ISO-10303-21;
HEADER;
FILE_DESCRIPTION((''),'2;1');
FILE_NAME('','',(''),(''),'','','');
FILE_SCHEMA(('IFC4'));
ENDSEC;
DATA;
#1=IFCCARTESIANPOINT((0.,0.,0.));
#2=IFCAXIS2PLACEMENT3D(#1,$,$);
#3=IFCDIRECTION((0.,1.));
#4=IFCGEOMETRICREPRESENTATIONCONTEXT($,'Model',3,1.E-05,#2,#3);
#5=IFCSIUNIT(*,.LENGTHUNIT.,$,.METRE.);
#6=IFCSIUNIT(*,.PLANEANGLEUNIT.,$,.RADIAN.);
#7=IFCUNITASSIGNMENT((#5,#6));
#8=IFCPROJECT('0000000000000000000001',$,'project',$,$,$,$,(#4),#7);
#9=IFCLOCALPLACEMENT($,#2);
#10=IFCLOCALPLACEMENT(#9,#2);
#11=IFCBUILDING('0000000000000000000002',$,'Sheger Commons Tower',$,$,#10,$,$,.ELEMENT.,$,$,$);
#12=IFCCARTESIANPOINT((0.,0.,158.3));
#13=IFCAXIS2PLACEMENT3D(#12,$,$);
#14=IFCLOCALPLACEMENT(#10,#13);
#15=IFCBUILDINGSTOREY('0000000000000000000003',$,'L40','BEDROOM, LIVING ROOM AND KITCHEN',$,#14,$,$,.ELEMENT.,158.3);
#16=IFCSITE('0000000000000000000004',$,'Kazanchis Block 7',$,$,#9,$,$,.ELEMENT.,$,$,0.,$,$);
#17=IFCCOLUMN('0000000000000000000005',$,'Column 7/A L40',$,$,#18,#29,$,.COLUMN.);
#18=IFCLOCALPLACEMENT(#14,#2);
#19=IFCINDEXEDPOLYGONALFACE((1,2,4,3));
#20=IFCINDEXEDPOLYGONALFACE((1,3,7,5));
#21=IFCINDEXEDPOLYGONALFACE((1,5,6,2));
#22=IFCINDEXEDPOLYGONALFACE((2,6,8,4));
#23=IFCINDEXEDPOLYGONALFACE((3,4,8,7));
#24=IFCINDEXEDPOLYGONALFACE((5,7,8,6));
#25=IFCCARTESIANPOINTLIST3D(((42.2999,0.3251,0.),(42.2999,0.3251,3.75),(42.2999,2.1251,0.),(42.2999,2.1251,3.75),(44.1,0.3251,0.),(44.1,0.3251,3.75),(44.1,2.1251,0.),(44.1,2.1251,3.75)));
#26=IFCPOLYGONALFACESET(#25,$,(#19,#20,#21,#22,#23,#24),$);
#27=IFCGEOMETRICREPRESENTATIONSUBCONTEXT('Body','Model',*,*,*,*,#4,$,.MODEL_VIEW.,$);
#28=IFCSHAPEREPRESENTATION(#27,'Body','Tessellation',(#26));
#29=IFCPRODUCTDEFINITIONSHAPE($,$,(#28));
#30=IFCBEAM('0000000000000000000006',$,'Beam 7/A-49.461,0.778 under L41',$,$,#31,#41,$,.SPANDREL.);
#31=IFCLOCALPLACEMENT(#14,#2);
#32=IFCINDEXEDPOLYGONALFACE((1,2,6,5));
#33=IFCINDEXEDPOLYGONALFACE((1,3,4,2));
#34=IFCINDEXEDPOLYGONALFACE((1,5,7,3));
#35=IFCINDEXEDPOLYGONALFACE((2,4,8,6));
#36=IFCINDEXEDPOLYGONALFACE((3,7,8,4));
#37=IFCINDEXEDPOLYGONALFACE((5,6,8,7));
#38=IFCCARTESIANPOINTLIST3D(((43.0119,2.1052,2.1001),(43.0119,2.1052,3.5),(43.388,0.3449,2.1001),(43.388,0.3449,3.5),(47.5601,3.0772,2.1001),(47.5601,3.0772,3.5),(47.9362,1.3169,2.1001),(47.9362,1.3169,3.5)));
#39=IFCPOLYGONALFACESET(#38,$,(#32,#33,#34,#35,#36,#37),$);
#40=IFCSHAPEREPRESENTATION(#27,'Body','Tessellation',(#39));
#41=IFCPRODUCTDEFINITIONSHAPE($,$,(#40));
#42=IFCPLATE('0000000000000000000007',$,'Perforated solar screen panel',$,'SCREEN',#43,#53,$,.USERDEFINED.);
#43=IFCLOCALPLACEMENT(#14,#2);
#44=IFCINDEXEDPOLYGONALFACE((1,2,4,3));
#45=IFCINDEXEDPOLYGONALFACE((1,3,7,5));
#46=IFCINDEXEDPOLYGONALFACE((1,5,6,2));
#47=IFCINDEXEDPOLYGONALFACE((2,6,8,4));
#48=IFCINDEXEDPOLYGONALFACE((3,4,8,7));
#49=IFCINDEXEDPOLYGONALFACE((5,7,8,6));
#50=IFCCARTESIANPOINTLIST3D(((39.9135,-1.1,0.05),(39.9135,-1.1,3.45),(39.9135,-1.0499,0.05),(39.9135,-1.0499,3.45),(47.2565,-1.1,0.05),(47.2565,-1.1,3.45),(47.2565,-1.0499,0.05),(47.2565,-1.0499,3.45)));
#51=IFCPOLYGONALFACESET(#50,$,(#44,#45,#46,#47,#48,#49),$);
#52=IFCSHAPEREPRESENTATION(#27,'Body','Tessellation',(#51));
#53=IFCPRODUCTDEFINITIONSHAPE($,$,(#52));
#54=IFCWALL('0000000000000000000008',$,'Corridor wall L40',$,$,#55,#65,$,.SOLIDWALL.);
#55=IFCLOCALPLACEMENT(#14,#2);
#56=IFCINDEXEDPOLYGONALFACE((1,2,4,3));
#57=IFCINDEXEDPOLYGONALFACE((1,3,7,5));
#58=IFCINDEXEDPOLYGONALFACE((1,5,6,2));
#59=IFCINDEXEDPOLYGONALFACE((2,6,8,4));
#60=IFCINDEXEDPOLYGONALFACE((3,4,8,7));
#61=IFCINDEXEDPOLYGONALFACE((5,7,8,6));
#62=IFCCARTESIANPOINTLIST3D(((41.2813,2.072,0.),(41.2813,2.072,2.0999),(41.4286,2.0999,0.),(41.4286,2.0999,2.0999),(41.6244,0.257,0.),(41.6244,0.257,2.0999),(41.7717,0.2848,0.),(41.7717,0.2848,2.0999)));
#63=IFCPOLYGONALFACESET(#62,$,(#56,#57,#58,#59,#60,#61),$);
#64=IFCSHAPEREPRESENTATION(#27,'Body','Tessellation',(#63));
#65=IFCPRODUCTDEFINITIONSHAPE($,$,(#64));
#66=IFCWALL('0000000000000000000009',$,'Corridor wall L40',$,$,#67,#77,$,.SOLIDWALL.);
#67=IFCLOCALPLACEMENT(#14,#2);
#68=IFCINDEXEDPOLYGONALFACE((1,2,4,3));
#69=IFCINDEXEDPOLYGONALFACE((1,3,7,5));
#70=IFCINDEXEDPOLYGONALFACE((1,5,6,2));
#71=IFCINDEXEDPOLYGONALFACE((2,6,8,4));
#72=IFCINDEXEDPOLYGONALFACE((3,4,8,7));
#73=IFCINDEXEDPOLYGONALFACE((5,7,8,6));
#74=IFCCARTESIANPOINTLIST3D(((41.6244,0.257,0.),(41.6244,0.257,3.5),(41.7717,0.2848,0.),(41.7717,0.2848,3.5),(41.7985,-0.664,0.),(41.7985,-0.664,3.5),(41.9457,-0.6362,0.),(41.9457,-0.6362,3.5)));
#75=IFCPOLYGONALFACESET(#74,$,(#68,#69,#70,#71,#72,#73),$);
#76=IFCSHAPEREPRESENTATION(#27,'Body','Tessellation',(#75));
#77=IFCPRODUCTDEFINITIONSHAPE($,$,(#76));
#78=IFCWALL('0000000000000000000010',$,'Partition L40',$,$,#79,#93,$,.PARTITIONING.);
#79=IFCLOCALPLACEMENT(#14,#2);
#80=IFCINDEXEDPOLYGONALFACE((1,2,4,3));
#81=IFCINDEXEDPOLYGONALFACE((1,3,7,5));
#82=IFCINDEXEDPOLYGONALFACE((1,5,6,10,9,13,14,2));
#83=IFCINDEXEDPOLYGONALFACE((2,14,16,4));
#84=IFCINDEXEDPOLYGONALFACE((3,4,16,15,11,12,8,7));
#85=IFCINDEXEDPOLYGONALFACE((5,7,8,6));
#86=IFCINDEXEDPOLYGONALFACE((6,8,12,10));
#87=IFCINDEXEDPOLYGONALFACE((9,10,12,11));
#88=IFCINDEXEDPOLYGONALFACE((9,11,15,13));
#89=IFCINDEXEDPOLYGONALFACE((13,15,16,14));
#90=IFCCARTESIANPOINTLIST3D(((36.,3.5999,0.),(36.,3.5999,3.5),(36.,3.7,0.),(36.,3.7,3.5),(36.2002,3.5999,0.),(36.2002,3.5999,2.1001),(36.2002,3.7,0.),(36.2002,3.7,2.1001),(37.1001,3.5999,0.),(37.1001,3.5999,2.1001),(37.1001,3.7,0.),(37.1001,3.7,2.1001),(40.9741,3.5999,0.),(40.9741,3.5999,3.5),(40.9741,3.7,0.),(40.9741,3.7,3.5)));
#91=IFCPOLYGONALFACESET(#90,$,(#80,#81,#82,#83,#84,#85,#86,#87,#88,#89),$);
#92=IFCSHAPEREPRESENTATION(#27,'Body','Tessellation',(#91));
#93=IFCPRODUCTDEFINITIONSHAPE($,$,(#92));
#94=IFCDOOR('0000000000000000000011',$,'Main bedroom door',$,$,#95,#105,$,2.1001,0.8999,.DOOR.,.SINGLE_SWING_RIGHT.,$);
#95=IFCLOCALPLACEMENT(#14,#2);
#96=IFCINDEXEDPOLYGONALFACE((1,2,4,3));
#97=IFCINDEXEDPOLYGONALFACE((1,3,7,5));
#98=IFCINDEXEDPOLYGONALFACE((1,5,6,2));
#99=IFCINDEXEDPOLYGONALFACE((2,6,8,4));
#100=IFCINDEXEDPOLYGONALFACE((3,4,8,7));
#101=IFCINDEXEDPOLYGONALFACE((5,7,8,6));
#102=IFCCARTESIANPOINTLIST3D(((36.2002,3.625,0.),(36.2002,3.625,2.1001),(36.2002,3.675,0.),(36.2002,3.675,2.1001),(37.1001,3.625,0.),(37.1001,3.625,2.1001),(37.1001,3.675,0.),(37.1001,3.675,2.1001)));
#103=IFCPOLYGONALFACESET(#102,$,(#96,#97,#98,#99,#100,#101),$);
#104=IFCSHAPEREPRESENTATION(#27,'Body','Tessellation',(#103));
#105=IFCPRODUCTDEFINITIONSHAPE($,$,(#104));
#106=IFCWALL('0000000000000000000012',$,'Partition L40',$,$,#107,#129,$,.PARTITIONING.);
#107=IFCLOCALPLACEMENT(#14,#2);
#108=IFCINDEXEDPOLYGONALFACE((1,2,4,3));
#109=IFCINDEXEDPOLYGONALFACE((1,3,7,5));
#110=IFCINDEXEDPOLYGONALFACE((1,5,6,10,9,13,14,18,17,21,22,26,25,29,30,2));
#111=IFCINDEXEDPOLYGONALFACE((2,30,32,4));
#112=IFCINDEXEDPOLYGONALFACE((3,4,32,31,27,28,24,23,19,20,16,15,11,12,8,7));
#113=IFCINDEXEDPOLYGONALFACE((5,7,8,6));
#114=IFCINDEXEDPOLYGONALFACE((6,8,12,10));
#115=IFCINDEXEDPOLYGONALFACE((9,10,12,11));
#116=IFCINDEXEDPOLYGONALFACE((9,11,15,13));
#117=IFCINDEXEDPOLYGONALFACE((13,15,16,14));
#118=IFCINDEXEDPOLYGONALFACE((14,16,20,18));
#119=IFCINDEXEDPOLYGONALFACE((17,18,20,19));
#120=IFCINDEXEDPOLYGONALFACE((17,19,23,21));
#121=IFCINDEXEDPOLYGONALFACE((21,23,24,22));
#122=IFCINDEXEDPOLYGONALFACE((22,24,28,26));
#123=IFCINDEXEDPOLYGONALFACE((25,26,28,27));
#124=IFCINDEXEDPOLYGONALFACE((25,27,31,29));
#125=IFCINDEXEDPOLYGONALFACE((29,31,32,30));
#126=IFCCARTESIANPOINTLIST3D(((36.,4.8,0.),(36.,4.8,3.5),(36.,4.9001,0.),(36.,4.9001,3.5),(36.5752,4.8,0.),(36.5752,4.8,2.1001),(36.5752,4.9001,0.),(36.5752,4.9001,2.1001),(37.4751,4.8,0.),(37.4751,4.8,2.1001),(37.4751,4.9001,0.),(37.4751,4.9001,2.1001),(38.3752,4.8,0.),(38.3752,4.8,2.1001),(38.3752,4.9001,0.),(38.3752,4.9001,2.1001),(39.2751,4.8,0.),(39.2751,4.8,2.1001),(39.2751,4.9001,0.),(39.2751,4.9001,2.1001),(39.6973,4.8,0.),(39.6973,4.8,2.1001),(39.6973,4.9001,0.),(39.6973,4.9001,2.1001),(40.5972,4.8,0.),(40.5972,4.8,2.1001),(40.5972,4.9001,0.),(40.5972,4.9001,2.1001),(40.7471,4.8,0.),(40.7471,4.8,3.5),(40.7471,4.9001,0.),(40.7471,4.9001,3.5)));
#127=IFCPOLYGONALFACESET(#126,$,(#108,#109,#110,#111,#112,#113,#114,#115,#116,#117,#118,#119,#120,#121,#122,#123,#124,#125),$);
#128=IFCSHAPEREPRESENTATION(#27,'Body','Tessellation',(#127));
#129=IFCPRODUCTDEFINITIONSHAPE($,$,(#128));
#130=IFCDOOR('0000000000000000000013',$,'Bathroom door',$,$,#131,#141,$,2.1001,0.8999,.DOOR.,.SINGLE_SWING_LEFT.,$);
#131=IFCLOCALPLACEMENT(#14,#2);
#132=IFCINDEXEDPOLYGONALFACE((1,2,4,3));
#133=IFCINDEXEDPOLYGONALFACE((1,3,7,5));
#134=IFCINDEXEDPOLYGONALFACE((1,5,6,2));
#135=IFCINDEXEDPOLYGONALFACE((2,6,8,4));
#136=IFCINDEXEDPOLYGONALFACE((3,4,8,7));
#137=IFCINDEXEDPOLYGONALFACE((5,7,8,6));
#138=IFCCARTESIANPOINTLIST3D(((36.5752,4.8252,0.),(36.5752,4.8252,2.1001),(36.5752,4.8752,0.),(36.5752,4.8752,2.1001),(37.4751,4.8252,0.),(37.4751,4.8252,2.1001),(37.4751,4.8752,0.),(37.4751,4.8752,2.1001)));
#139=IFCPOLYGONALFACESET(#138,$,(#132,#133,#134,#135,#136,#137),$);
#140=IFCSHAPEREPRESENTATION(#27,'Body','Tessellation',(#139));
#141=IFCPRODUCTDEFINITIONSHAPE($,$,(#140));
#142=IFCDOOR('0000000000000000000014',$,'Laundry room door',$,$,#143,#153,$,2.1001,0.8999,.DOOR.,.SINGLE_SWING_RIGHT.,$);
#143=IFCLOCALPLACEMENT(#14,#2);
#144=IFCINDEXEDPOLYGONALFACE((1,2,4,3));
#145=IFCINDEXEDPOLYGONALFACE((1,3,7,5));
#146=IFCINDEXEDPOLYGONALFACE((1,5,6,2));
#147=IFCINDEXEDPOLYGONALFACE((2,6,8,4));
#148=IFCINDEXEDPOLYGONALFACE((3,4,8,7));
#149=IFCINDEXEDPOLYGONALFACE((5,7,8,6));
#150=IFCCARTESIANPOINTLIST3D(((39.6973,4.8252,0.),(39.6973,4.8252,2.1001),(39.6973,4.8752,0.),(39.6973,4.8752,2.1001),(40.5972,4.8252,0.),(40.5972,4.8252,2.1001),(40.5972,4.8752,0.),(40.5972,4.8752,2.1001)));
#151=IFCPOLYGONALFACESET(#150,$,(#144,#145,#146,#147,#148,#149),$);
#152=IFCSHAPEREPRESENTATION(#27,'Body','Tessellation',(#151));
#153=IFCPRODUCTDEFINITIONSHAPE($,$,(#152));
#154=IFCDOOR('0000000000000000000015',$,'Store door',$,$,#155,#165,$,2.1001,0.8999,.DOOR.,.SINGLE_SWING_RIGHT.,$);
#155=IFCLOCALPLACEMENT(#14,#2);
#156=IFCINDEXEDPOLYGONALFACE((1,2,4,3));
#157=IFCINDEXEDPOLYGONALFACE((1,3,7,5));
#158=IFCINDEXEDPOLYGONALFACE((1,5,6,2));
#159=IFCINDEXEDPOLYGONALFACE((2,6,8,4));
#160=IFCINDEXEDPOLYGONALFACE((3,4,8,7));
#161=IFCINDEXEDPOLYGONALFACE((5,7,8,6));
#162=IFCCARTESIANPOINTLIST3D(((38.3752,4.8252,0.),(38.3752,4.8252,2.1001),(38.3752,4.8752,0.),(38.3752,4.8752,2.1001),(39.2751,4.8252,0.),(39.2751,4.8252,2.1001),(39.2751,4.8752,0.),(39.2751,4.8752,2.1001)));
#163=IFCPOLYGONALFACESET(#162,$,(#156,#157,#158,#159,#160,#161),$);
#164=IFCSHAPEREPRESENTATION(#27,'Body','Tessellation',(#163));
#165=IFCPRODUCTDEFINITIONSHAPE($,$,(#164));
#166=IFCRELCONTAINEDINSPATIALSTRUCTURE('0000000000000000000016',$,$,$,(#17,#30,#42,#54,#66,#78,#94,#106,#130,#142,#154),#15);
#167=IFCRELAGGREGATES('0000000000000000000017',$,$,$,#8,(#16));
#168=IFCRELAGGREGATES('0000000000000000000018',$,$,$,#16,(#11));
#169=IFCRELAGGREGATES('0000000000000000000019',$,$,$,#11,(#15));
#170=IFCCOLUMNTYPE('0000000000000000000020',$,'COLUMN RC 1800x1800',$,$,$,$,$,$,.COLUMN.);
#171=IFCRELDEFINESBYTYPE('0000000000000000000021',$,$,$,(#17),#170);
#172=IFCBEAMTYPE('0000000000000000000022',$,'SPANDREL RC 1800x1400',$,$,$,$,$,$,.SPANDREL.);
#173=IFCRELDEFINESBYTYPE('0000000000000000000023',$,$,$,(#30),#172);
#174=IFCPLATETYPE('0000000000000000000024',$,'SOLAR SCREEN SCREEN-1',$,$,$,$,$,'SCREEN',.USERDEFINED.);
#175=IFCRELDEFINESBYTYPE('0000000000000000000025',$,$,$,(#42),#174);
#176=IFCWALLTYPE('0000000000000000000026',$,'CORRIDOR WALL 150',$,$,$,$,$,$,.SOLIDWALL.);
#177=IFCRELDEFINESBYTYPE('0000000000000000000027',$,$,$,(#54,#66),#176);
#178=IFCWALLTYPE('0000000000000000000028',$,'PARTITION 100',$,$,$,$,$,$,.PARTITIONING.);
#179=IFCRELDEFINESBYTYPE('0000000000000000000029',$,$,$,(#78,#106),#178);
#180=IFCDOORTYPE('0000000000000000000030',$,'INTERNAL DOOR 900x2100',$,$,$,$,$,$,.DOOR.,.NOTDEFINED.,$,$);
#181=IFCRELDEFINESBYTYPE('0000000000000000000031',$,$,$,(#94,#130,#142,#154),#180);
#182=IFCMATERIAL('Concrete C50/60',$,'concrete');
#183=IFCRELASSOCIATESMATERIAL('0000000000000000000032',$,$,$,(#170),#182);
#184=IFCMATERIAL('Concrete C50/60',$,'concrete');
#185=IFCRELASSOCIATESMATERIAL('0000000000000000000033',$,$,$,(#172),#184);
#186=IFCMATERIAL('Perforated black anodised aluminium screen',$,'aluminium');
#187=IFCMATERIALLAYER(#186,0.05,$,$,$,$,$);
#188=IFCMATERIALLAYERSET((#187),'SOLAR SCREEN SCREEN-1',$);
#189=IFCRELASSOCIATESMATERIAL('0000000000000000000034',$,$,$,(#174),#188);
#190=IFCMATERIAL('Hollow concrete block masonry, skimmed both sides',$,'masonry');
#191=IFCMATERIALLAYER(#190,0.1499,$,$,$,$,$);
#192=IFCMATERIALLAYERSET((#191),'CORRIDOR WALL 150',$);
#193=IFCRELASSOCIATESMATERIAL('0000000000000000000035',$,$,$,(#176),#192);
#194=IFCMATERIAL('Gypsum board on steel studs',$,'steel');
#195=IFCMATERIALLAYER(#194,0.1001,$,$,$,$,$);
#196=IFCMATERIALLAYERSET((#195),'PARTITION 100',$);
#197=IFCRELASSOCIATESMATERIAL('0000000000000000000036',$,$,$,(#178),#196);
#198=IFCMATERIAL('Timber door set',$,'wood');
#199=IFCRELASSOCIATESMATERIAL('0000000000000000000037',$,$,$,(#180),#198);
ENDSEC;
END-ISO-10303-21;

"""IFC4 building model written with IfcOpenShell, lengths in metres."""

from ifc_helpers import new_model, si_unit, direction, frame, frame_2d, origin, origin_2d, place, context, subcontext, project, spatial, rectangle, extrude, material, layer, layer_set, material_profile, profile_set, type_object, element, fill, save


model = new_model("IFC4")

# Units and contexts
model_context = context("Model", 3, precision=1e-05, world=origin(), true_north=direction((0.0, 1.0)))
body_context = subcontext(model_context, "Body", "Model", "MODEL_VIEW")
ifc_project = project(units=[si_unit("LENGTHUNIT", "METRE"), si_unit("PLANEANGLEUNIT", "RADIAN")], contexts=[model_context])

# Site, building, storey
site_placement = place(None, origin())
site = spatial("IfcSite", under=ifc_project, at=site_placement, Name="Kazanchis Block 7", CompositionType="ELEMENT", RefElevation=0.0)
building_placement = place(site_placement, origin())
building = spatial("IfcBuilding", under=site, at=building_placement, Name="Sheger Commons Tower", CompositionType="ELEMENT")
storey_placement = place(building_placement, frame((0.0, 0.0, 158.3)))
storey = spatial("IfcBuildingStorey", under=building, at=storey_placement, Name="L40", Description="BEDROOM, LIVING ROOM AND KITCHEN", CompositionType="ELEMENT", Elevation=158.3)

# Column
ifc_material_1 = material(Name="Concrete C50/60", Category="concrete")
ifc_material_profile_1 = material_profile(ifc_material_1, rectangle(XDim=1.8, YDim=1.8, at=origin_2d()), Name="RC 1800x1800")
ifc_profile_set_1 = profile_set([ifc_material_profile_1], Name="Concrete C50/60")
column_type = type_object("IfcColumnType", Name="COLUMN RC 1800x1800", PredefinedType="COLUMN", material=ifc_profile_set_1)
column_placement = place(storey_placement, frame((43.2, 1.2251, 0.0), z_axis=(0.0, 0.0, 1.0), x_axis=(1.0, 0.0, 0.0)))
element("IfcColumn", 1, at=column_placement, inside=storey, type_object=column_type, Name="Column 7/A L40", PredefinedType="COLUMN", context=body_context, shape_type="SweptSolid", body=[
    extrude(rectangle(XDim=1.8, YDim=1.8, at=origin_2d()), origin(), (0.0, 0.0, 1.0), 3.75),
])

# Beam
ifc_material_2 = material(Name="Concrete C50/60", Category="concrete")
ifc_material_profile_2 = material_profile(ifc_material_2, rectangle(XDim=1.8, YDim=1.3999, at=origin_2d()), Name="RC 1800x1400")
ifc_profile_set_2 = profile_set([ifc_material_profile_2], Name="Concrete C50/60")
beam_type = type_object("IfcBeamType", Name="SPANDREL RC 1800x1400", PredefinedType="SPANDREL", material=ifc_profile_set_2)
beam_placement = place(storey_placement, frame((43.2, 1.2251, 2.8), z_axis=(0.97792, 0.208981, 0.0), x_axis=(-0.208981, 0.97792, 0.0)))
element("IfcBeam", 2, at=beam_placement, inside=storey, type_object=beam_type, Name="Beam 7/A-49.461,0.778 under L41", PredefinedType="SPANDREL", context=body_context, shape_type="SweptSolid", body=[
    extrude(rectangle(XDim=1.8, YDim=1.3999, at=origin_2d()), origin(), (0.0, 0.0, 1.0), 4.6509),
])

# Plate
ifc_material_3 = material(Name="Perforated black anodised aluminium screen", Category="aluminium")
ifc_layer_1 = layer(ifc_material_3, 0.05)
ifc_layer_set_1 = layer_set([ifc_layer_1], Name="SOLAR SCREEN SCREEN-1")
plate_type = type_object("IfcPlateType", Name="SOLAR SCREEN SCREEN-1", ElementType="SCREEN", PredefinedType="USERDEFINED", material=ifc_layer_set_1)
plate_placement = place(storey_placement, frame((43.585, -1.075, 0.05), z_axis=(0.0, 0.0, 1.0), x_axis=(1.0, 0.0, 0.0)))
element("IfcPlate", 3, at=plate_placement, inside=storey, type_object=plate_type, Name="Perforated solar screen panel", ObjectType="SCREEN", PredefinedType="USERDEFINED", context=body_context, shape_type="SweptSolid", body=[
    extrude(rectangle(XDim=7.343, YDim=0.05, at=origin_2d()), origin(), (0.0, 0.0, 1.0), 3.3999),
])

# Walls
ifc_material_4 = material(Name="Hollow concrete block masonry, skimmed both sides", Category="masonry")
ifc_layer_2 = layer(ifc_material_4, 0.1499)
ifc_layer_set_2 = layer_set([ifc_layer_2], Name="CORRIDOR WALL 150")
wall_type_1 = type_object("IfcWallType", Name="CORRIDOR WALL 150", PredefinedType="SOLIDWALL", material=ifc_layer_set_2)
wall_1_placement = place(storey_placement, frame((41.355, 2.0859, 0.0), z_axis=(0.0, 0.0, 1.0), x_axis=(0.185709, -0.982605, 0.0)))
element("IfcWall", 4, at=wall_1_placement, inside=storey, type_object=wall_type_1, Name="Corridor wall L40", PredefinedType="SOLIDWALL", context=body_context, shape_type="SweptSolid", body=[
    extrude(rectangle(XDim=1.8472, YDim=0.1499, at=frame_2d((0.9236, 0.0))), origin(), (0.0, 0.0, 1.0), 2.0999),
])
wall_2_placement = place(storey_placement, frame((41.698, 0.271, 0.0), z_axis=(0.0, 0.0, 1.0), x_axis=(0.185735, -0.9826, 0.0)))
element("IfcWall", 5, at=wall_2_placement, inside=storey, type_object=wall_type_1, Name="Corridor wall L40", PredefinedType="SOLIDWALL", context=body_context, shape_type="SweptSolid", body=[
    extrude(rectangle(XDim=0.9373, YDim=0.1499, at=frame_2d((0.4688, 0.0))), origin(), (0.0, 0.0, 1.0), 3.5),
])

# Wall, opening, door
ifc_material_5 = material(Name="Gypsum board on steel studs", Category="steel")
ifc_layer_3 = layer(ifc_material_5, 0.1001)
ifc_layer_set_3 = layer_set([ifc_layer_3], Name="PARTITION 100")
wall_type_2 = type_object("IfcWallType", Name="PARTITION 100", PredefinedType="PARTITIONING", material=ifc_layer_set_3)
wall_3_placement = place(storey_placement, frame((40.9741, 3.6499, 0.0), z_axis=(0.0, 0.0, 1.0), x_axis=(-1.0, 0.0, 0.0)))
wall_3 = element("IfcWall", 6, at=wall_3_placement, inside=storey, type_object=wall_type_2, Name="Partition L40", PredefinedType="PARTITIONING", context=body_context, shape_type="SweptSolid", body=[
    extrude(rectangle(XDim=4.9741, YDim=0.1001, at=frame_2d((2.4871, 0.0))), origin(), (0.0, 0.0, 1.0), 3.5),
])
opening_1_placement = place(wall_3_placement, frame((3.874, 0.0, 0.0)))
opening_1 = element("IfcOpeningElement", 7, at=opening_1_placement, cuts=wall_3, PredefinedType="OPENING", context=body_context, shape_type="SweptSolid", body=[
    extrude(rectangle(XDim=0.8999, YDim=2.1001, at=frame_2d((0.45, 1.05))), frame((0.0, 0.0601, 0.0), z_axis=(0.0, -1.0, 0.0), x_axis=(1.0, 0.0, 0.0)), (0.0, 0.0, 1.0), 0.1201),
])
ifc_material_6 = material(Name="Timber door set", Category="wood")
door_type = type_object("IfcDoorType", Name="INTERNAL DOOR 900x2100", OperationType="NOTDEFINED", PredefinedType="DOOR", material=ifc_material_6)
door_1_placement = place(opening_1_placement, origin())
door_1 = element("IfcDoor", 8, at=door_1_placement, inside=storey, type_object=door_type, Name="Main bedroom door", OperationType="SINGLE_SWING_RIGHT", OverallHeight=2.1001, OverallWidth=0.8999, PredefinedType="DOOR", context=body_context, shape_type="SweptSolid", body=[
    extrude(rectangle(XDim=0.8999, YDim=2.1001, at=frame_2d((0.45, 1.05))), frame((0.0, 0.0249, 0.0), z_axis=(0.0, -1.0, 0.0), x_axis=(1.0, 0.0, 0.0)), (0.0, 0.0, 1.0), 0.05),
])
fill(opening_1, door_1)

# Wall, openings, doors
wall_4_placement = place(storey_placement, frame((40.7471, 4.8501, 0.0), z_axis=(0.0, 0.0, 1.0), x_axis=(-1.0, 0.0, 0.0)))
wall_4 = element("IfcWall", 9, at=wall_4_placement, inside=storey, type_object=wall_type_2, Name="Partition L40", PredefinedType="PARTITIONING", context=body_context, shape_type="SweptSolid", body=[
    extrude(rectangle(XDim=4.7471, YDim=0.1001, at=frame_2d((2.3735, 0.0))), origin(), (0.0, 0.0, 1.0), 3.5),
])
opening_2_placement = place(wall_4_placement, frame((3.272, 0.0, 0.0)))
opening_2 = element("IfcOpeningElement", 10, at=opening_2_placement, cuts=wall_4, PredefinedType="OPENING", context=body_context, shape_type="SweptSolid", body=[
    extrude(rectangle(XDim=0.8999, YDim=2.1001, at=frame_2d((0.45, 1.05))), frame((0.0, 0.0601, 0.0), z_axis=(0.0, -1.0, 0.0), x_axis=(1.0, 0.0, 0.0)), (0.0, 0.0, 1.0), 0.1201),
])
opening_3_placement = place(wall_4_placement, frame((0.1499, 0.0, 0.0)))
opening_3 = element("IfcOpeningElement", 11, at=opening_3_placement, cuts=wall_4, PredefinedType="OPENING", context=body_context, shape_type="SweptSolid", body=[
    extrude(rectangle(XDim=0.8999, YDim=2.1001, at=frame_2d((0.45, 1.05))), frame((0.0, 0.0601, 0.0), z_axis=(0.0, -1.0, 0.0), x_axis=(1.0, 0.0, 0.0)), (0.0, 0.0, 1.0), 0.1201),
])
opening_4_placement = place(wall_4_placement, frame((1.4719, 0.0, 0.0)))
opening_4 = element("IfcOpeningElement", 12, at=opening_4_placement, cuts=wall_4, PredefinedType="OPENING", context=body_context, shape_type="SweptSolid", body=[
    extrude(rectangle(XDim=0.8999, YDim=2.1001, at=frame_2d((0.45, 1.05))), frame((0.0, 0.0601, 0.0), z_axis=(0.0, -1.0, 0.0), x_axis=(1.0, 0.0, 0.0)), (0.0, 0.0, 1.0), 0.1201),
])
door_2_placement = place(opening_2_placement, origin())
door_2 = element("IfcDoor", 13, at=door_2_placement, inside=storey, type_object=door_type, Name="Bathroom door", OperationType="SINGLE_SWING_LEFT", OverallHeight=2.1001, OverallWidth=0.8999, PredefinedType="DOOR", context=body_context, shape_type="SweptSolid", body=[
    extrude(rectangle(XDim=0.8999, YDim=2.1001, at=frame_2d((0.45, 1.05))), frame((0.0, 0.0249, 0.0), z_axis=(0.0, -1.0, 0.0), x_axis=(1.0, 0.0, 0.0)), (0.0, 0.0, 1.0), 0.05),
])
fill(opening_2, door_2)
door_3_placement = place(opening_3_placement, origin())
door_3 = element("IfcDoor", 14, at=door_3_placement, inside=storey, type_object=door_type, Name="Laundry room door", OperationType="SINGLE_SWING_RIGHT", OverallHeight=2.1001, OverallWidth=0.8999, PredefinedType="DOOR", context=body_context, shape_type="SweptSolid", body=[
    extrude(rectangle(XDim=0.8999, YDim=2.1001, at=frame_2d((0.45, 1.05))), frame((0.0, 0.0249, 0.0), z_axis=(0.0, -1.0, 0.0), x_axis=(1.0, 0.0, 0.0)), (0.0, 0.0, 1.0), 0.05),
])
fill(opening_3, door_3)
door_4_placement = place(opening_4_placement, origin())
door_4 = element("IfcDoor", 15, at=door_4_placement, inside=storey, type_object=door_type, Name="Store door", OperationType="SINGLE_SWING_RIGHT", OverallHeight=2.1001, OverallWidth=0.8999, PredefinedType="DOOR", context=body_context, shape_type="SweptSolid", body=[
    extrude(rectangle(XDim=0.8999, YDim=2.1001, at=frame_2d((0.45, 1.05))), frame((0.0, 0.0249, 0.0), z_axis=(0.0, -1.0, 0.0), x_axis=(1.0, 0.0, 0.0)), (0.0, 0.0, 1.0), 0.05),
])
fill(opening_4, door_4)

save(model, "model.ifc")
